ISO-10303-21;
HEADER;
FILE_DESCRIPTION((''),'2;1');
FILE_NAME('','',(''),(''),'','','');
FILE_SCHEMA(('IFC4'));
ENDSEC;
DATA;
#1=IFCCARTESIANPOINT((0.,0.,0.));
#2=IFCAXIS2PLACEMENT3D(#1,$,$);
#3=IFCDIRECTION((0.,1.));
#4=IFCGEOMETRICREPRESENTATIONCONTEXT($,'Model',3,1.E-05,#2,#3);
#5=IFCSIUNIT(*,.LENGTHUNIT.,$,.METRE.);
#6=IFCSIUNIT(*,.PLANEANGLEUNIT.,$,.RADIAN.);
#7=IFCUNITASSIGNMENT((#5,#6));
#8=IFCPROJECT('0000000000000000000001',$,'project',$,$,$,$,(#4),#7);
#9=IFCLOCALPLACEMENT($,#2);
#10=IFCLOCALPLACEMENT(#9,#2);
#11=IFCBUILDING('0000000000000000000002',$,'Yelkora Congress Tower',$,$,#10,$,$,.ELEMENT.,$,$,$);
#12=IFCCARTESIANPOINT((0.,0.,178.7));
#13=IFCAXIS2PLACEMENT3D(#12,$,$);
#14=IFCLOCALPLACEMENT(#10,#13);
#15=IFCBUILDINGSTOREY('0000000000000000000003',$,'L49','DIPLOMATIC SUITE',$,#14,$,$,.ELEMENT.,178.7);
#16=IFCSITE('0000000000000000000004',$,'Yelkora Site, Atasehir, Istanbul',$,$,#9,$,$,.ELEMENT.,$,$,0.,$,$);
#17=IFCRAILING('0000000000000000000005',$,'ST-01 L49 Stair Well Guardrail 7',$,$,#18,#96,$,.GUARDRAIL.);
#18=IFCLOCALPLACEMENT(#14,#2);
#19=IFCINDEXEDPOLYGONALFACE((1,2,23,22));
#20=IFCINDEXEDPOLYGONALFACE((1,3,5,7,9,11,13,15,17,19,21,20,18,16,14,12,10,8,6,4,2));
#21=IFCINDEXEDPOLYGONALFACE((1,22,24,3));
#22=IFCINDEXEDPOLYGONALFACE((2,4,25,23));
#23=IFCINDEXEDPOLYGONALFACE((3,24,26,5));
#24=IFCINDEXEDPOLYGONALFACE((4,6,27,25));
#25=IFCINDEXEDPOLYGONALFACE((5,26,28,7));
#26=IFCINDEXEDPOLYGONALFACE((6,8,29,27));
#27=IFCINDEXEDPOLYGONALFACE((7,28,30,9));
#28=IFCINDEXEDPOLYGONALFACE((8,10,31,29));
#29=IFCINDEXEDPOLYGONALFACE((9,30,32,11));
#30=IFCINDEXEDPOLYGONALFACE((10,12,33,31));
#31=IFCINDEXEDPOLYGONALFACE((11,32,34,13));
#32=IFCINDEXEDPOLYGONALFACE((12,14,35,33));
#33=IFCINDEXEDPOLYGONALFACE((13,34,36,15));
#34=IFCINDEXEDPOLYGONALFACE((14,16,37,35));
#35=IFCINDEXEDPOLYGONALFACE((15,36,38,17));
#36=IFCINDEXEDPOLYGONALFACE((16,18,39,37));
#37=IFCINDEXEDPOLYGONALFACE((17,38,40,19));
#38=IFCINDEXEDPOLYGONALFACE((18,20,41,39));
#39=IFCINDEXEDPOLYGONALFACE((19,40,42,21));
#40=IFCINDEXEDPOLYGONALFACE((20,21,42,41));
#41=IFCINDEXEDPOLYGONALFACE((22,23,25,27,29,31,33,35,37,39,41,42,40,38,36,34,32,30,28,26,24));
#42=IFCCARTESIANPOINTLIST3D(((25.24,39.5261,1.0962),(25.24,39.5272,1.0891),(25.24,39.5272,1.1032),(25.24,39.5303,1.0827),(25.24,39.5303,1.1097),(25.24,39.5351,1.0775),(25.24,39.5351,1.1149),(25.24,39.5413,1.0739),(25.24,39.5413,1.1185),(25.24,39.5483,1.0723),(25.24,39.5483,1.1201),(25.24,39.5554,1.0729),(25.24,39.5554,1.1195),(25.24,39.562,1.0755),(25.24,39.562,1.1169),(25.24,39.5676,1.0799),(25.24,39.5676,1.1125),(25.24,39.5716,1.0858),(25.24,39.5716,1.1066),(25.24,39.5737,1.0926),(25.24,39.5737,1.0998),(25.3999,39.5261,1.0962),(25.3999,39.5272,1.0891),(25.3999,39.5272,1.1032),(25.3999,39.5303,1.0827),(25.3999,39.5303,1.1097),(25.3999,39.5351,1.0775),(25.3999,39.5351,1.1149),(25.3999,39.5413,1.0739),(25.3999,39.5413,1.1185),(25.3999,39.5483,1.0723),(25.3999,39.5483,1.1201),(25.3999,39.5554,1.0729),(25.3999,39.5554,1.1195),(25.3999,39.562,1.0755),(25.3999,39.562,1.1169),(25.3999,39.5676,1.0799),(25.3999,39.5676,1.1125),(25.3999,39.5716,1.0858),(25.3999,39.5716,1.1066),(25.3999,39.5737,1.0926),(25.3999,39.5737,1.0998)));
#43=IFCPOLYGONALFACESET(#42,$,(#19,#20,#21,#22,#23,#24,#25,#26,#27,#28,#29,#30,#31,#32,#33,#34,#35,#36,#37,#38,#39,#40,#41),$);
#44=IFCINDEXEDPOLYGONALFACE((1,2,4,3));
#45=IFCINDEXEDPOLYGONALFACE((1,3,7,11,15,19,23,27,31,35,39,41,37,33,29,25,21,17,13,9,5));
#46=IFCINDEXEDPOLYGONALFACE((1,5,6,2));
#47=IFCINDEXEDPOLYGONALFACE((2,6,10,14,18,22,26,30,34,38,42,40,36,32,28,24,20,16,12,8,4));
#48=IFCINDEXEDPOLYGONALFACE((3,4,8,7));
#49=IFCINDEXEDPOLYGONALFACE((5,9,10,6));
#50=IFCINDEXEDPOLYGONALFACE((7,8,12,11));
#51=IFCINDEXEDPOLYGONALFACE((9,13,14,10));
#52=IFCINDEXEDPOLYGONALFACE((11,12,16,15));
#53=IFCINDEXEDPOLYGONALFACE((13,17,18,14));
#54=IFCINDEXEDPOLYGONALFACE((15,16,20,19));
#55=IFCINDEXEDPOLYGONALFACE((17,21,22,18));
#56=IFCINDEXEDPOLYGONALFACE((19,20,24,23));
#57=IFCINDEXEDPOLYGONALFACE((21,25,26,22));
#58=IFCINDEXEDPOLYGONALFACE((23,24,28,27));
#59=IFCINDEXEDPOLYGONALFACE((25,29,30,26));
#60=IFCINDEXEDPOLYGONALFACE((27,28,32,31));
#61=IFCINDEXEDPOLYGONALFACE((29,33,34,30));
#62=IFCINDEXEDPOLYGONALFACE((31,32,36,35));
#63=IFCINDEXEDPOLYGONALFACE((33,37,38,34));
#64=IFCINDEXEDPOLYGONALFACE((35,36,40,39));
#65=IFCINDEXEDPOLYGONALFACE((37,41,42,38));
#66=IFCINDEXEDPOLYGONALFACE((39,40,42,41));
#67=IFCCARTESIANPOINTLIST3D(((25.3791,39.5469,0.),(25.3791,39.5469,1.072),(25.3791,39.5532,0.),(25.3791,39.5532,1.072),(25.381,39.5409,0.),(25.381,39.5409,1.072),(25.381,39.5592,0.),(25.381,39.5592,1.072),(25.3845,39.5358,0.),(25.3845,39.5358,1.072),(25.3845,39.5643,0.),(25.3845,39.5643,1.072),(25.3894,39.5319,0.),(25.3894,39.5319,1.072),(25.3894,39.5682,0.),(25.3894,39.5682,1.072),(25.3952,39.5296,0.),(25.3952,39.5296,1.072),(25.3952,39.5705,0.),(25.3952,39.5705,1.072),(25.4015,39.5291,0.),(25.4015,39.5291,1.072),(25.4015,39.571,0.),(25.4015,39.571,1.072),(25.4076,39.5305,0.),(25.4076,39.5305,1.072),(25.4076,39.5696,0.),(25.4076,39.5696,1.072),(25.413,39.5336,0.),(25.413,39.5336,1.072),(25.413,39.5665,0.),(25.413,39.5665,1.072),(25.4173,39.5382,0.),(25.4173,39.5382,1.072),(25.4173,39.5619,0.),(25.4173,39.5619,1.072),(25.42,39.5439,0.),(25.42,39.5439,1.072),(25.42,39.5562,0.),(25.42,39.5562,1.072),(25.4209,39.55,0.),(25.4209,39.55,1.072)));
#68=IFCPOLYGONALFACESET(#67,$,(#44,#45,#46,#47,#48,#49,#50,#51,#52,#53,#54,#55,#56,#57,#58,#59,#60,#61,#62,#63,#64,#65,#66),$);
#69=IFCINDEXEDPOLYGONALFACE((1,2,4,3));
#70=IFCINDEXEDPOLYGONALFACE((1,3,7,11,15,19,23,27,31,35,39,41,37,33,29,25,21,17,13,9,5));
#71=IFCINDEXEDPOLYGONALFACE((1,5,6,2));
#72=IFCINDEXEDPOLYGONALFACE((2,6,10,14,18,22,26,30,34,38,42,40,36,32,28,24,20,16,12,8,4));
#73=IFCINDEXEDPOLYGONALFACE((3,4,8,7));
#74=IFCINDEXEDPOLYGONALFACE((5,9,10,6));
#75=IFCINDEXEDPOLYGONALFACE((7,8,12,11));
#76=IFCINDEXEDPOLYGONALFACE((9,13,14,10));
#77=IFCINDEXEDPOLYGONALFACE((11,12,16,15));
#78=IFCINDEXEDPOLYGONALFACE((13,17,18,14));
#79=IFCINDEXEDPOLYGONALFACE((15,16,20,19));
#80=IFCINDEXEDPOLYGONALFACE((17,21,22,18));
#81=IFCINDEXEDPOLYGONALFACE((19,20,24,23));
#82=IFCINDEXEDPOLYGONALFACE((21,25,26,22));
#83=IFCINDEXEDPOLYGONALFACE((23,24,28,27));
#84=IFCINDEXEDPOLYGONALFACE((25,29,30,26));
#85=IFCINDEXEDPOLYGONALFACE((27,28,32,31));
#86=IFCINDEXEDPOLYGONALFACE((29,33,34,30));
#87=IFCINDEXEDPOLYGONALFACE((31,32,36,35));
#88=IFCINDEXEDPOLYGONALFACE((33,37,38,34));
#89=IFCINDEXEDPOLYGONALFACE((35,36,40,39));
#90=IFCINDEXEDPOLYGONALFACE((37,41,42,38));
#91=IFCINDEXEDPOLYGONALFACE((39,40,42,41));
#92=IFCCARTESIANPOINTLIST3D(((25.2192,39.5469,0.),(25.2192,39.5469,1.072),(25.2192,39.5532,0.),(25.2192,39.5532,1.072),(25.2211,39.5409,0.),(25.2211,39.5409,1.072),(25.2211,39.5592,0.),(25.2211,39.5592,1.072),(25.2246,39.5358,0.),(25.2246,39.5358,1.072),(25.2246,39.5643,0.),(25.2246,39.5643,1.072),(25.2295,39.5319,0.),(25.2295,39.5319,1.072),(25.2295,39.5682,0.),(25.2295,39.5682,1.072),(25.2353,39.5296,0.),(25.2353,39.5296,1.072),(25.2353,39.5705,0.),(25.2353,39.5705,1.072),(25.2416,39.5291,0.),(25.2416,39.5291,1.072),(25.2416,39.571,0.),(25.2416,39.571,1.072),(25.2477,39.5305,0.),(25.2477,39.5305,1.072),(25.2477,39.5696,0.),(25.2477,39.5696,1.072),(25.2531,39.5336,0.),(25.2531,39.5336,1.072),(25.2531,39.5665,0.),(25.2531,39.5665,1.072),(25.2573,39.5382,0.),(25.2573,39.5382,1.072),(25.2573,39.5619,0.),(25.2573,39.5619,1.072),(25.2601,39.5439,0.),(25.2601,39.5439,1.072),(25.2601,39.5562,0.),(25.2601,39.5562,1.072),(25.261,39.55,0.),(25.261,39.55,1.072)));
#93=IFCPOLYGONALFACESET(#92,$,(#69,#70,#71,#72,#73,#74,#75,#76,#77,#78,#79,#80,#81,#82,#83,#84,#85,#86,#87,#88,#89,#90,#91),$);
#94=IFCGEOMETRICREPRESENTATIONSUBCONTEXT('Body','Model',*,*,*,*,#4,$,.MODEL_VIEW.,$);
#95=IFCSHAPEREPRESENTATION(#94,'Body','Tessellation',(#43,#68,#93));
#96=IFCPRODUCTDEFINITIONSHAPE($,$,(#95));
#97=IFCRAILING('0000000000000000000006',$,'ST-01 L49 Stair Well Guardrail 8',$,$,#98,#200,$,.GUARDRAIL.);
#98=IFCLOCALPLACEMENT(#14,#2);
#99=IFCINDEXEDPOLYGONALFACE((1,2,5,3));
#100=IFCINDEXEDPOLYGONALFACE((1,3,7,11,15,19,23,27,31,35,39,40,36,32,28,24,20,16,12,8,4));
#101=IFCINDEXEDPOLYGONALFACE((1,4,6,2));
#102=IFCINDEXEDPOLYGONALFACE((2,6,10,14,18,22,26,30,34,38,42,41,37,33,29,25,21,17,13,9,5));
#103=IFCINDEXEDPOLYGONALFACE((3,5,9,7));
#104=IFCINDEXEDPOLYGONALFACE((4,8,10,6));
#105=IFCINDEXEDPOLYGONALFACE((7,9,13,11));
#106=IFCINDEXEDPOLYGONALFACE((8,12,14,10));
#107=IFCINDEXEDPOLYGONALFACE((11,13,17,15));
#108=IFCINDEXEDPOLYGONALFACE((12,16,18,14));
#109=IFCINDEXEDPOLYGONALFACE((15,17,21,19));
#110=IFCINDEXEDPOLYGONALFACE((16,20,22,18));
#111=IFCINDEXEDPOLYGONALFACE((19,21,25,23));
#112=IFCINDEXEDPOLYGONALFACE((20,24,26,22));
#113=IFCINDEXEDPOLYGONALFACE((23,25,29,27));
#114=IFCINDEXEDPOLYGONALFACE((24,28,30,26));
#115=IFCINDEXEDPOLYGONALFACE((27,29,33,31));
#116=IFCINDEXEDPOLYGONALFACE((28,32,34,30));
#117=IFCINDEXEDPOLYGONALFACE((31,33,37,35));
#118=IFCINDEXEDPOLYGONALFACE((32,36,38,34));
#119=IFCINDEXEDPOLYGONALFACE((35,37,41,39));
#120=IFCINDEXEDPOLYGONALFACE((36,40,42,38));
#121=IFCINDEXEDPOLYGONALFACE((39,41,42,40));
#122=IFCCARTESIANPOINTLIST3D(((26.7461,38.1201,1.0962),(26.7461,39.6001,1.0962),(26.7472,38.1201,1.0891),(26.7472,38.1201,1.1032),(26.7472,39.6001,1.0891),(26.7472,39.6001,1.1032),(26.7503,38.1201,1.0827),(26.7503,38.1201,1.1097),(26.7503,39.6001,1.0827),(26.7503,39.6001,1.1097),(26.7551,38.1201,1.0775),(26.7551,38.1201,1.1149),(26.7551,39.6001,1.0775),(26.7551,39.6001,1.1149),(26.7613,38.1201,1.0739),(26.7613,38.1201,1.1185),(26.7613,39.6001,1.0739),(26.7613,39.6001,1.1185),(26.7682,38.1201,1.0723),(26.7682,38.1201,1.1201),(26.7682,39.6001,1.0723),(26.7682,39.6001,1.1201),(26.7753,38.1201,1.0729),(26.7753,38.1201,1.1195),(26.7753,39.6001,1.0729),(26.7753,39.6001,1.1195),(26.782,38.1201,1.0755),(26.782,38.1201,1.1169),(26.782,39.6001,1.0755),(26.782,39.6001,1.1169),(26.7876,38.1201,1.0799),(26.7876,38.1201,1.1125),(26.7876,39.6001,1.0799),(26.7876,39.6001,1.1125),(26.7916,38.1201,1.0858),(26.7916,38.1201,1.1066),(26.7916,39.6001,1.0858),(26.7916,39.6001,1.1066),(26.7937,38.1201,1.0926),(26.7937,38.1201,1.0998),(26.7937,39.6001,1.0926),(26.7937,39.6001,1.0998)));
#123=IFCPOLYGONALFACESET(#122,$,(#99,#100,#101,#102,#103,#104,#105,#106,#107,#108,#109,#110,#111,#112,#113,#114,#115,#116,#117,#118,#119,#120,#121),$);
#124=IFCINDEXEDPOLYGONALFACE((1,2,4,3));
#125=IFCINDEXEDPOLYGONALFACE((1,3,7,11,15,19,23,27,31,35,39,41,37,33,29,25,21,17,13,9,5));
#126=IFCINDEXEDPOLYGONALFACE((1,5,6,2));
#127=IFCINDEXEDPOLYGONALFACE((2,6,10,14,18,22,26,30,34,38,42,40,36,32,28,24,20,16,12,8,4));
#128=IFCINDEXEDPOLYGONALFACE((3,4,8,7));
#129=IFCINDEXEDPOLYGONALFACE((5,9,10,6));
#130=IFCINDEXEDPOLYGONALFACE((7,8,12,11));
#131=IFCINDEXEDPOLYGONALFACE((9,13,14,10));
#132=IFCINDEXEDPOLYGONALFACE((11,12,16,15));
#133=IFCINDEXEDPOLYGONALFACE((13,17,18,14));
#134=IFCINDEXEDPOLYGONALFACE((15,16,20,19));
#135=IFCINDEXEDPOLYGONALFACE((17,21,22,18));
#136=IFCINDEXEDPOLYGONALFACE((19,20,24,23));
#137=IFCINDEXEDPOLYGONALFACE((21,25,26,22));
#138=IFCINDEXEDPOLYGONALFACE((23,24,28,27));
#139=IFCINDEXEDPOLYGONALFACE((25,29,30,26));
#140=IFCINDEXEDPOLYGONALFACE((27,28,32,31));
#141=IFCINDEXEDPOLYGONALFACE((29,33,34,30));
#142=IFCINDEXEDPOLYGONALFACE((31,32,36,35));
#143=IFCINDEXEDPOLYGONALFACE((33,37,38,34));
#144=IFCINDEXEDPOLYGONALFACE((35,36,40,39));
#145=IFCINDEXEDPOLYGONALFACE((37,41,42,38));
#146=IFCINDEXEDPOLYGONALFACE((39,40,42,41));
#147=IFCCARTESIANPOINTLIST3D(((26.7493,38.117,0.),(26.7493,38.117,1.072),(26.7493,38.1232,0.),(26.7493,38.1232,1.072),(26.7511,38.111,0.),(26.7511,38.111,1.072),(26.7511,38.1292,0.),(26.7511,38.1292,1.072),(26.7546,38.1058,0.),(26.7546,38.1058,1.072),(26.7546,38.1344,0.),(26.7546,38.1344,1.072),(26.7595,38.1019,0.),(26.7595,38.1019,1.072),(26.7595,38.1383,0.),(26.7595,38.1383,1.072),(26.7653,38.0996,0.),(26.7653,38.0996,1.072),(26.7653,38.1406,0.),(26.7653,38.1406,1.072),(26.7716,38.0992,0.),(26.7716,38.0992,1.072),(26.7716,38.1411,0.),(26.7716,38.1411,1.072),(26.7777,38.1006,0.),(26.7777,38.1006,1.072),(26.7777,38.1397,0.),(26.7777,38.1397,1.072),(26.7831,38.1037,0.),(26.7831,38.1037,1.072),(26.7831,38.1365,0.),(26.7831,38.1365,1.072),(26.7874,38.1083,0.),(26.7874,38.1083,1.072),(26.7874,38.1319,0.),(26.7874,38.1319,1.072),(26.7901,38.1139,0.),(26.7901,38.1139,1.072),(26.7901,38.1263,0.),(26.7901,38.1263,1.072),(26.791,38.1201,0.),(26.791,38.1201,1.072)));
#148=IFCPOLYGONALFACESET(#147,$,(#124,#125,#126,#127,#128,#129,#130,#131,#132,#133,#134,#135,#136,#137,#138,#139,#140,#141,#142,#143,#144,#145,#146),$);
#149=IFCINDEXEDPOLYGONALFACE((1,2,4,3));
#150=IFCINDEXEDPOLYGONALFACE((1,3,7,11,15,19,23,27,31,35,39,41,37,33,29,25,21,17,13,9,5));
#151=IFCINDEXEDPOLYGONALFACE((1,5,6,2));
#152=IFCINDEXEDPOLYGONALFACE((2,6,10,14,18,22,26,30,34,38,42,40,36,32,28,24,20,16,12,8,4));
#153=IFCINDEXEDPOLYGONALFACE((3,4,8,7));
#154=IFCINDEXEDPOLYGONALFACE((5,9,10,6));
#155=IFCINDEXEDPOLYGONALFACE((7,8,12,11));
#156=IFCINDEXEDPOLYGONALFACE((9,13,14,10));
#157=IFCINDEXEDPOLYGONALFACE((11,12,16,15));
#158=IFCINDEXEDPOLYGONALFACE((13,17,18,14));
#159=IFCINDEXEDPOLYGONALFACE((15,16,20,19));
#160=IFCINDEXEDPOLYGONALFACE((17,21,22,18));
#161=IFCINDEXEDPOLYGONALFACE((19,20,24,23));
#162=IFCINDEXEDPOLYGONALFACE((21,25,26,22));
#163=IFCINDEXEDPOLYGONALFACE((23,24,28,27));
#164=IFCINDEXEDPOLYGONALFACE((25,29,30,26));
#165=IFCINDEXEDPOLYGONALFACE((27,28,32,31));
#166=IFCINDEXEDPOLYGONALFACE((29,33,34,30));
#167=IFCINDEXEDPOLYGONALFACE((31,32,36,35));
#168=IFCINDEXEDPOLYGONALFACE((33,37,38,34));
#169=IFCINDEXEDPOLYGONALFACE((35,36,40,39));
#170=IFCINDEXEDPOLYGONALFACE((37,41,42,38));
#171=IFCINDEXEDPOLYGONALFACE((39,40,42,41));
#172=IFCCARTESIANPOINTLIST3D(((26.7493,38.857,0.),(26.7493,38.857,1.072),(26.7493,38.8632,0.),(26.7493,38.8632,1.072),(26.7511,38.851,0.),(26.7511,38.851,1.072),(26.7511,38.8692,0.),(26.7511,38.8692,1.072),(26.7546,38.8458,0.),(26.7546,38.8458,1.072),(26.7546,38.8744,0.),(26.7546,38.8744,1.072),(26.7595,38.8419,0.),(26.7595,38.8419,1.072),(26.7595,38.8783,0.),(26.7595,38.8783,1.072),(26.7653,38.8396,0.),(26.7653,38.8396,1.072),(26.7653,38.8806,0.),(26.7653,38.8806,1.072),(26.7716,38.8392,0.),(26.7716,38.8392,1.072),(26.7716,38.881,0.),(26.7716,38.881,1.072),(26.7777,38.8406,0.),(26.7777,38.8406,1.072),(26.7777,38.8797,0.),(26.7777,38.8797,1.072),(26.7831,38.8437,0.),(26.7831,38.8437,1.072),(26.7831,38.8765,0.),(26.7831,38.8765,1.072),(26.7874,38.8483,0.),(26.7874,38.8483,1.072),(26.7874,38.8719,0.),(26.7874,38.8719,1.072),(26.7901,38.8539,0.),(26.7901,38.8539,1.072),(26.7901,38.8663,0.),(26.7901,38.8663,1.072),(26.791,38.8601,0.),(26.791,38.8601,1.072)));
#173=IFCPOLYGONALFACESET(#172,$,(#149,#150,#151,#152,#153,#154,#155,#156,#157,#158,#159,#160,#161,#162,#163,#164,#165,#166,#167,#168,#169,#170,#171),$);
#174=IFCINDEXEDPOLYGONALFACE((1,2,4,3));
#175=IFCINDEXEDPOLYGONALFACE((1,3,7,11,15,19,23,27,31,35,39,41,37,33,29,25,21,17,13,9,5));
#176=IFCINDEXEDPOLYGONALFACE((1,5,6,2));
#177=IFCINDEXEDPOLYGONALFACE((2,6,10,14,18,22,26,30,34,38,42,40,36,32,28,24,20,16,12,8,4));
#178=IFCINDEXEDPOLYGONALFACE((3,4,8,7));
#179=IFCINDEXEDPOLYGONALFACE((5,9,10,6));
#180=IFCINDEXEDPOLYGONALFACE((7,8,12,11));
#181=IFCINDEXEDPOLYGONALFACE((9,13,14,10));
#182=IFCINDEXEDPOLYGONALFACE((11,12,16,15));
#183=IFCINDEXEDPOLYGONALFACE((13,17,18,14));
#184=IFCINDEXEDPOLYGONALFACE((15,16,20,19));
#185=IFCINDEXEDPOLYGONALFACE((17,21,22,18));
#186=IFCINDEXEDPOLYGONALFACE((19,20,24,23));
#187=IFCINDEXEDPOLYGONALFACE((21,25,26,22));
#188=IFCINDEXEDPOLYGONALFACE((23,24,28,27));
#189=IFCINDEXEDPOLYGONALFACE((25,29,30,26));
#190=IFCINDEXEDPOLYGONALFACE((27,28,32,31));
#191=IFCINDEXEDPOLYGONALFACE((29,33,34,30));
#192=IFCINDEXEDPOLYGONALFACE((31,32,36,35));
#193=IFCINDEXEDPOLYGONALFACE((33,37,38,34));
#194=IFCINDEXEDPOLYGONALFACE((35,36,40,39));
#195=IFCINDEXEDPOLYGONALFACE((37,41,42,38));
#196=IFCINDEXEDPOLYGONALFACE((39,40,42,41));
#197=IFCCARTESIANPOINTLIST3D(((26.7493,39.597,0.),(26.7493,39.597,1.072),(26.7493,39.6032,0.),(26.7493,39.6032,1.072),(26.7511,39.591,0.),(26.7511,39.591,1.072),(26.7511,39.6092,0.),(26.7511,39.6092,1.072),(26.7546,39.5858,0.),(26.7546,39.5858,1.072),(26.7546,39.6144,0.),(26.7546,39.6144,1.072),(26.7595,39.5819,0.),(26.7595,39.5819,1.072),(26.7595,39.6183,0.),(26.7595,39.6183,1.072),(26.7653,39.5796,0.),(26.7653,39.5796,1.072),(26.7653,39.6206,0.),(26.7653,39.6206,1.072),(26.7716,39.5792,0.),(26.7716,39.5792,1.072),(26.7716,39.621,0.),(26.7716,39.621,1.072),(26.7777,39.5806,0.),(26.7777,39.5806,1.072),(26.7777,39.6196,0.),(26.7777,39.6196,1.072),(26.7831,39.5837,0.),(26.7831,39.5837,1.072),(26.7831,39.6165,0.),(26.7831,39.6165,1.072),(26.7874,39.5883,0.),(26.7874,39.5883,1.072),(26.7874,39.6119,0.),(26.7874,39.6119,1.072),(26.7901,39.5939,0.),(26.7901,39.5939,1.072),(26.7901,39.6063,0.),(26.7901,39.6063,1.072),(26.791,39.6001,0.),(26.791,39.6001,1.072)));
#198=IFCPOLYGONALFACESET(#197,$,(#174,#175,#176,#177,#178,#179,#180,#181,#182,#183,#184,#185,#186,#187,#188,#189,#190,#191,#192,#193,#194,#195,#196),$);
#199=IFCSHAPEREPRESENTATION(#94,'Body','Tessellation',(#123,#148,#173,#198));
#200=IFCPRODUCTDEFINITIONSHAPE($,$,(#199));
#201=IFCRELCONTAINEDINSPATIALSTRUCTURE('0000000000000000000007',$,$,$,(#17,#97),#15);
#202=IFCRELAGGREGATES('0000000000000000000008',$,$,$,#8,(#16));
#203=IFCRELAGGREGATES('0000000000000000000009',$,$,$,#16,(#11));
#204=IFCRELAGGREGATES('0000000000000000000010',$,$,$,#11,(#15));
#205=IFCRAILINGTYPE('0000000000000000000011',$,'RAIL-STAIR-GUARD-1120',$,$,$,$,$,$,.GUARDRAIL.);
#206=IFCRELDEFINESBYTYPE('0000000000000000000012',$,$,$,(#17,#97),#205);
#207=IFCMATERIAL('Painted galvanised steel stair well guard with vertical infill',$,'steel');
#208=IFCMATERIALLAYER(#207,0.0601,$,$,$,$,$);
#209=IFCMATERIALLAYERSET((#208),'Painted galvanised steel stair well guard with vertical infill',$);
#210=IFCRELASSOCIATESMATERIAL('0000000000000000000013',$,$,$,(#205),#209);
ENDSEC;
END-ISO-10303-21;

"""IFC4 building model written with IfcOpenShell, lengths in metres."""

from ifc_helpers import new_model, si_unit, direction, frame, origin, origin_2d, place, context, subcontext, project, spatial, circle, extrude, material, layer, layer_set, type_object, element, save


model = new_model("IFC4")

# Units and contexts
model_context = context("Model", 3, precision=1e-05, world=origin(), true_north=direction((0.0, 1.0)))
body_context = subcontext(model_context, "Body", "Model", "MODEL_VIEW")
ifc_project = project(units=[si_unit("LENGTHUNIT", "METRE"), si_unit("PLANEANGLEUNIT", "RADIAN")], contexts=[model_context])

# Site, building, storey
site_placement = place(None, origin())
site = spatial("IfcSite", under=ifc_project, at=site_placement, Name="Yelkora Site, Atasehir, Istanbul", CompositionType="ELEMENT", RefElevation=0.0)
building_placement = place(site_placement, origin())
building = spatial("IfcBuilding", under=site, at=building_placement, Name="Yelkora Congress Tower", CompositionType="ELEMENT")
storey_placement = place(building_placement, frame((0.0, 0.0, 178.7)))
storey = spatial("IfcBuildingStorey", under=building, at=storey_placement, Name="L49", Description="DIPLOMATIC SUITE", CompositionType="ELEMENT", Elevation=178.7)

# Railings
ifc_material_1 = material(Name="Painted galvanised steel stair well guard with vertical infill", Category="steel")
ifc_layer_1 = layer(ifc_material_1, 0.0601)
ifc_layer_set_1 = layer_set([ifc_layer_1], Name="Painted galvanised steel stair well guard with vertical infill")
railing_type_1 = type_object("IfcRailingType", Name="RAIL-STAIR-GUARD-1120", PredefinedType="GUARDRAIL", material=ifc_layer_set_1)
railing_1_placement = place(storey_placement, frame((25.3999, 39.55, 0.0)))
element("IfcRailing", 1, at=railing_1_placement, inside=storey, type_object=railing_type_1, Name="ST-01 L49 Stair Well Guardrail 7", PredefinedType="GUARDRAIL", context=body_context, shape_type="SweptSolid", body=[
    extrude(circle(Radius=0.0239, at=origin_2d()), frame((0.0, 0.0, 1.0962), z_axis=(-1.0, 0.0, 0.0), x_axis=(0.0, -1.0, 0.0)), (0.0, 0.0, 1.0), 0.1599),
    extrude(circle(Radius=0.021, at=origin_2d()), origin(), (0.0, 0.0, 1.0), 1.072),
    extrude(circle(Radius=0.021, at=origin_2d()), frame((-0.1599, 0.0, 0.0)), (0.0, 0.0, 1.0), 1.072),
])
for number, where, name in (
    (2, (26.77, 38.1201, 0.0), "ST-01 L49 Stair Well Guardrail 8"),
):
    element("IfcRailing", number, at=place(storey_placement, frame(where)), inside=storey, type_object=railing_type_1, Name=name, PredefinedType="GUARDRAIL", context=body_context, shape_type="SweptSolid", body=[
        extrude(circle(Radius=0.0239, at=origin_2d()), frame((0.0, 0.0, 1.0962), z_axis=(0.0, 1.0, 0.0), x_axis=(-1.0, 0.0, 0.0)), (0.0, 0.0, 1.0), 1.48),
        extrude(circle(Radius=0.021, at=origin_2d()), origin(), (0.0, 0.0, 1.0), 1.072),
        extrude(circle(Radius=0.021, at=origin_2d()), frame((0.0, 0.74, 0.0)), (0.0, 0.0, 1.0), 1.072),
        extrude(circle(Radius=0.021, at=origin_2d()), frame((0.0, 1.48, 0.0)), (0.0, 0.0, 1.0), 1.072),
    ])

save(model, "model.ifc")
